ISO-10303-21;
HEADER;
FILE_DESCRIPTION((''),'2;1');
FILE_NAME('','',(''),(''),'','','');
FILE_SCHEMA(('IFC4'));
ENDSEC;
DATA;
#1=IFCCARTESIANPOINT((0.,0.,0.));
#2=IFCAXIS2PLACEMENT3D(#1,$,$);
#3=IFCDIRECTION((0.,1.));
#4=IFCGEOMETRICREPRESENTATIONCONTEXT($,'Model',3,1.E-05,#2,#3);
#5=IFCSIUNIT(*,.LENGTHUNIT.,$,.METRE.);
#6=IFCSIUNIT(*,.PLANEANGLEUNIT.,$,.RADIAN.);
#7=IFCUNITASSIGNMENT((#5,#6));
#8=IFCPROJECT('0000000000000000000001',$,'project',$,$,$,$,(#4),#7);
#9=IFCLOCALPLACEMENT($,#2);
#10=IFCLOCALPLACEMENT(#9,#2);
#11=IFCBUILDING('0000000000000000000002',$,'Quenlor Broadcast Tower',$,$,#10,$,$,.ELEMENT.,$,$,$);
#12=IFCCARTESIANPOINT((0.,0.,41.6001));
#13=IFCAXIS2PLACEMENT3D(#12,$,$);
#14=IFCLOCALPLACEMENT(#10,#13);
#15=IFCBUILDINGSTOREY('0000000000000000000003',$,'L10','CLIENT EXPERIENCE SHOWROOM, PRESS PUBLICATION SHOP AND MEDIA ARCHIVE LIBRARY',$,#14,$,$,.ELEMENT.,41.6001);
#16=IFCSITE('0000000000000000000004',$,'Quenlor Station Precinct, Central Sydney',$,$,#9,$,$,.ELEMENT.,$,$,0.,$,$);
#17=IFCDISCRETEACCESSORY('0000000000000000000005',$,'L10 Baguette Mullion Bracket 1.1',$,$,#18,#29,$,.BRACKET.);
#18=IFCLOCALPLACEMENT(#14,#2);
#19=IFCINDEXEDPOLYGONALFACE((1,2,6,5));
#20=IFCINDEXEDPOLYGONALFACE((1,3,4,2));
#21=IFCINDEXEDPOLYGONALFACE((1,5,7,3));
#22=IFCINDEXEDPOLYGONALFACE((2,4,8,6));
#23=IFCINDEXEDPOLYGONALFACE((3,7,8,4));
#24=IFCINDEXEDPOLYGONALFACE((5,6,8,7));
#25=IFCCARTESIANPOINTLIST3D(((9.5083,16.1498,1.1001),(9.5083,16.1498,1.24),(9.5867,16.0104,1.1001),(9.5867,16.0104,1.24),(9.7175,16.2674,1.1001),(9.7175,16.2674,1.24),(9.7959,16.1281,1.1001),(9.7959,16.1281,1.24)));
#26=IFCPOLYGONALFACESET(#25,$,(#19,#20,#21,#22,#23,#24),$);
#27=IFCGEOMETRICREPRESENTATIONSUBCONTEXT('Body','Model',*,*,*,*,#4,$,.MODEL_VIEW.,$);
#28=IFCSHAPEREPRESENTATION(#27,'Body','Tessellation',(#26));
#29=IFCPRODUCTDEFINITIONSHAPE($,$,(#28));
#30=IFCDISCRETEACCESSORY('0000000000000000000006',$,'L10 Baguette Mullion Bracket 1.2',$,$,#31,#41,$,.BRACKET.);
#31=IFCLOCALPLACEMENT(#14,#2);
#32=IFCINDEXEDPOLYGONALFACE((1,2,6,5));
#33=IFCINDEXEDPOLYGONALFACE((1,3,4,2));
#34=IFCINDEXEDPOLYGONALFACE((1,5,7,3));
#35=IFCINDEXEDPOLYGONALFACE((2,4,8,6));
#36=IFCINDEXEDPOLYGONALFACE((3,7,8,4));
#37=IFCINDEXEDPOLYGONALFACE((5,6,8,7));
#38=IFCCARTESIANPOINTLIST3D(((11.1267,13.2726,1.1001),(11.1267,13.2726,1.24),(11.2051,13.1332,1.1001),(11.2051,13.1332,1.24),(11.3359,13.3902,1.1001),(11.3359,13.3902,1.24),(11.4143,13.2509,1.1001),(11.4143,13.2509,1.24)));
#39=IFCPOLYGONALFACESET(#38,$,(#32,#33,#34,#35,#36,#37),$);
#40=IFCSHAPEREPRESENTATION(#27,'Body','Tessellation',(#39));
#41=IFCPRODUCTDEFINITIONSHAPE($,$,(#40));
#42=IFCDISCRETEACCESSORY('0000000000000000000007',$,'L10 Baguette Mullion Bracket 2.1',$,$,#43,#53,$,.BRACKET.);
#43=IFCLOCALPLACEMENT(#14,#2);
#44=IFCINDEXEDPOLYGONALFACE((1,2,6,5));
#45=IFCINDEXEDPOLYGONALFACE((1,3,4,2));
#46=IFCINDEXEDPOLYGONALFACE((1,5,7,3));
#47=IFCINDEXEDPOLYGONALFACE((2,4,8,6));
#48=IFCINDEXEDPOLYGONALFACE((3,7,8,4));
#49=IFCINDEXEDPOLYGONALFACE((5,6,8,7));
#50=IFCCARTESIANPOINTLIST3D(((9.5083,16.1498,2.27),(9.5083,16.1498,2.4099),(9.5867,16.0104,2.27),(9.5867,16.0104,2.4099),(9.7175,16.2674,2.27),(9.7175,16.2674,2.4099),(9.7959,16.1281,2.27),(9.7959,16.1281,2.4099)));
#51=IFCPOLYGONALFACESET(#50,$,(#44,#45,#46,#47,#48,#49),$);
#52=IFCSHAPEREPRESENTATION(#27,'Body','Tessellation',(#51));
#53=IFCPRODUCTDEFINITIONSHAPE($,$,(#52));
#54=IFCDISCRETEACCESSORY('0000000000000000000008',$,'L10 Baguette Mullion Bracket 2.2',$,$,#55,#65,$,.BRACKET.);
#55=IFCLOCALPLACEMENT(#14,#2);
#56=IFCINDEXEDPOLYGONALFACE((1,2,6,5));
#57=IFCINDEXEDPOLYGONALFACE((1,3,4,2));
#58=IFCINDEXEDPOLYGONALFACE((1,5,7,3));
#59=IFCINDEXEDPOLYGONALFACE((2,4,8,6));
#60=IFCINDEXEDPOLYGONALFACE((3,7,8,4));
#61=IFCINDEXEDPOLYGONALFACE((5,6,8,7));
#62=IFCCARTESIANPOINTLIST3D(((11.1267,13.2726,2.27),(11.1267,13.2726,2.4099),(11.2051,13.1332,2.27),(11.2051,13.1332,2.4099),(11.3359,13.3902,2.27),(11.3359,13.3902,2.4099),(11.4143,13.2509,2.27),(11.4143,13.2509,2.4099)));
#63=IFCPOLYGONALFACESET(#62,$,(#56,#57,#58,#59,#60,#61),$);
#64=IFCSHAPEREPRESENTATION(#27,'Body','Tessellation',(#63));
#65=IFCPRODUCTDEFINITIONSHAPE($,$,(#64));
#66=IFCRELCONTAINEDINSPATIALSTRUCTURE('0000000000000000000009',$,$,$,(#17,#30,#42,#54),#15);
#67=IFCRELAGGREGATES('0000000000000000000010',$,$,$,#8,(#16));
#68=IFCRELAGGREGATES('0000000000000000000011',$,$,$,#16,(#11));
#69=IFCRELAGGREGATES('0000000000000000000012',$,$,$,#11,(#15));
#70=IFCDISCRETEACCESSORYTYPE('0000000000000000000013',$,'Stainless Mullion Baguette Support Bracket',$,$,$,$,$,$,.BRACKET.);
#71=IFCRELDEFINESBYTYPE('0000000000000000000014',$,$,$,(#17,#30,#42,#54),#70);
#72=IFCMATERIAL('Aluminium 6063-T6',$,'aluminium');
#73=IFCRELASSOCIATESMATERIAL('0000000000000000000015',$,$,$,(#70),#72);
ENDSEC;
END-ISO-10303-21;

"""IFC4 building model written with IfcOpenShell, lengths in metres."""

from ifc_helpers import new_model, si_unit, direction, frame, origin, origin_2d, place, context, subcontext, project, spatial, rectangle, extrude, material, type_object, element, save


model = new_model("IFC4")

# Units and contexts
model_context = context("Model", 3, precision=1e-05, world=origin(), true_north=direction((0.0, 1.0)))
body_context = subcontext(model_context, "Body", "Model", "MODEL_VIEW")
ifc_project = project(units=[si_unit("LENGTHUNIT", "METRE"), si_unit("PLANEANGLEUNIT", "RADIAN")], contexts=[model_context])

# Site, building, storey
site_placement = place(None, origin())
site = spatial("IfcSite", under=ifc_project, at=site_placement, Name="Quenlor Station Precinct, Central Sydney", CompositionType="ELEMENT", RefElevation=0.0)
building_placement = place(site_placement, origin())
building = spatial("IfcBuilding", under=site, at=building_placement, Name="Quenlor Broadcast Tower", CompositionType="ELEMENT")
storey_placement = place(building_placement, frame((0.0, 0.0, 41.6001)))
storey = spatial("IfcBuildingStorey", under=building, at=storey_placement, Name="L10", Description="CLIENT EXPERIENCE SHOWROOM, PRESS PUBLICATION SHOP AND MEDIA ARCHIVE LIBRARY", CompositionType="ELEMENT", Elevation=41.6001)

# Discrete accessories
ifc_material_1 = material(Name="Aluminium 6063-T6", Category="aluminium")
discrete_accessory_type = type_object("IfcDiscreteAccessoryType", Name="Stainless Mullion Baguette Support Bracket", PredefinedType="BRACKET", material=ifc_material_1)
for number, where, z_axis, x_axis, name in (
    (1, (9.6521, 16.1389, 1.1001), (0.0, 0.0, 1.0), (0.490244, -0.871585, 0.0), "L10 Baguette Mullion Bracket 1.1"),
    (2, (11.2705, 13.2617, 1.1001), (0.0, 0.0, 1.0), (0.490244, -0.871585, 0.0), "L10 Baguette Mullion Bracket 1.2"),
    (3, (9.6521, 16.1389, 2.27), (0.0, 0.0, 1.0), (0.490244, -0.871585, 0.0), "L10 Baguette Mullion Bracket 2.1"),
    (4, (11.2705, 13.2617, 2.27), (0.0, 0.0, 1.0), (0.490244, -0.871585, 0.0), "L10 Baguette Mullion Bracket 2.2"),
):
    element("IfcDiscreteAccessory", number, at=place(storey_placement, frame(where, z_axis=z_axis, x_axis=x_axis)), inside=storey, type_object=discrete_accessory_type, Name=name, PredefinedType="BRACKET", context=body_context, shape_type="SweptSolid", body=[
        extrude(rectangle(XDim=0.1599, YDim=0.24, at=origin_2d()), origin(), (0.0, 0.0, 1.0), 0.1399),
    ])

save(model, "model.ifc")
